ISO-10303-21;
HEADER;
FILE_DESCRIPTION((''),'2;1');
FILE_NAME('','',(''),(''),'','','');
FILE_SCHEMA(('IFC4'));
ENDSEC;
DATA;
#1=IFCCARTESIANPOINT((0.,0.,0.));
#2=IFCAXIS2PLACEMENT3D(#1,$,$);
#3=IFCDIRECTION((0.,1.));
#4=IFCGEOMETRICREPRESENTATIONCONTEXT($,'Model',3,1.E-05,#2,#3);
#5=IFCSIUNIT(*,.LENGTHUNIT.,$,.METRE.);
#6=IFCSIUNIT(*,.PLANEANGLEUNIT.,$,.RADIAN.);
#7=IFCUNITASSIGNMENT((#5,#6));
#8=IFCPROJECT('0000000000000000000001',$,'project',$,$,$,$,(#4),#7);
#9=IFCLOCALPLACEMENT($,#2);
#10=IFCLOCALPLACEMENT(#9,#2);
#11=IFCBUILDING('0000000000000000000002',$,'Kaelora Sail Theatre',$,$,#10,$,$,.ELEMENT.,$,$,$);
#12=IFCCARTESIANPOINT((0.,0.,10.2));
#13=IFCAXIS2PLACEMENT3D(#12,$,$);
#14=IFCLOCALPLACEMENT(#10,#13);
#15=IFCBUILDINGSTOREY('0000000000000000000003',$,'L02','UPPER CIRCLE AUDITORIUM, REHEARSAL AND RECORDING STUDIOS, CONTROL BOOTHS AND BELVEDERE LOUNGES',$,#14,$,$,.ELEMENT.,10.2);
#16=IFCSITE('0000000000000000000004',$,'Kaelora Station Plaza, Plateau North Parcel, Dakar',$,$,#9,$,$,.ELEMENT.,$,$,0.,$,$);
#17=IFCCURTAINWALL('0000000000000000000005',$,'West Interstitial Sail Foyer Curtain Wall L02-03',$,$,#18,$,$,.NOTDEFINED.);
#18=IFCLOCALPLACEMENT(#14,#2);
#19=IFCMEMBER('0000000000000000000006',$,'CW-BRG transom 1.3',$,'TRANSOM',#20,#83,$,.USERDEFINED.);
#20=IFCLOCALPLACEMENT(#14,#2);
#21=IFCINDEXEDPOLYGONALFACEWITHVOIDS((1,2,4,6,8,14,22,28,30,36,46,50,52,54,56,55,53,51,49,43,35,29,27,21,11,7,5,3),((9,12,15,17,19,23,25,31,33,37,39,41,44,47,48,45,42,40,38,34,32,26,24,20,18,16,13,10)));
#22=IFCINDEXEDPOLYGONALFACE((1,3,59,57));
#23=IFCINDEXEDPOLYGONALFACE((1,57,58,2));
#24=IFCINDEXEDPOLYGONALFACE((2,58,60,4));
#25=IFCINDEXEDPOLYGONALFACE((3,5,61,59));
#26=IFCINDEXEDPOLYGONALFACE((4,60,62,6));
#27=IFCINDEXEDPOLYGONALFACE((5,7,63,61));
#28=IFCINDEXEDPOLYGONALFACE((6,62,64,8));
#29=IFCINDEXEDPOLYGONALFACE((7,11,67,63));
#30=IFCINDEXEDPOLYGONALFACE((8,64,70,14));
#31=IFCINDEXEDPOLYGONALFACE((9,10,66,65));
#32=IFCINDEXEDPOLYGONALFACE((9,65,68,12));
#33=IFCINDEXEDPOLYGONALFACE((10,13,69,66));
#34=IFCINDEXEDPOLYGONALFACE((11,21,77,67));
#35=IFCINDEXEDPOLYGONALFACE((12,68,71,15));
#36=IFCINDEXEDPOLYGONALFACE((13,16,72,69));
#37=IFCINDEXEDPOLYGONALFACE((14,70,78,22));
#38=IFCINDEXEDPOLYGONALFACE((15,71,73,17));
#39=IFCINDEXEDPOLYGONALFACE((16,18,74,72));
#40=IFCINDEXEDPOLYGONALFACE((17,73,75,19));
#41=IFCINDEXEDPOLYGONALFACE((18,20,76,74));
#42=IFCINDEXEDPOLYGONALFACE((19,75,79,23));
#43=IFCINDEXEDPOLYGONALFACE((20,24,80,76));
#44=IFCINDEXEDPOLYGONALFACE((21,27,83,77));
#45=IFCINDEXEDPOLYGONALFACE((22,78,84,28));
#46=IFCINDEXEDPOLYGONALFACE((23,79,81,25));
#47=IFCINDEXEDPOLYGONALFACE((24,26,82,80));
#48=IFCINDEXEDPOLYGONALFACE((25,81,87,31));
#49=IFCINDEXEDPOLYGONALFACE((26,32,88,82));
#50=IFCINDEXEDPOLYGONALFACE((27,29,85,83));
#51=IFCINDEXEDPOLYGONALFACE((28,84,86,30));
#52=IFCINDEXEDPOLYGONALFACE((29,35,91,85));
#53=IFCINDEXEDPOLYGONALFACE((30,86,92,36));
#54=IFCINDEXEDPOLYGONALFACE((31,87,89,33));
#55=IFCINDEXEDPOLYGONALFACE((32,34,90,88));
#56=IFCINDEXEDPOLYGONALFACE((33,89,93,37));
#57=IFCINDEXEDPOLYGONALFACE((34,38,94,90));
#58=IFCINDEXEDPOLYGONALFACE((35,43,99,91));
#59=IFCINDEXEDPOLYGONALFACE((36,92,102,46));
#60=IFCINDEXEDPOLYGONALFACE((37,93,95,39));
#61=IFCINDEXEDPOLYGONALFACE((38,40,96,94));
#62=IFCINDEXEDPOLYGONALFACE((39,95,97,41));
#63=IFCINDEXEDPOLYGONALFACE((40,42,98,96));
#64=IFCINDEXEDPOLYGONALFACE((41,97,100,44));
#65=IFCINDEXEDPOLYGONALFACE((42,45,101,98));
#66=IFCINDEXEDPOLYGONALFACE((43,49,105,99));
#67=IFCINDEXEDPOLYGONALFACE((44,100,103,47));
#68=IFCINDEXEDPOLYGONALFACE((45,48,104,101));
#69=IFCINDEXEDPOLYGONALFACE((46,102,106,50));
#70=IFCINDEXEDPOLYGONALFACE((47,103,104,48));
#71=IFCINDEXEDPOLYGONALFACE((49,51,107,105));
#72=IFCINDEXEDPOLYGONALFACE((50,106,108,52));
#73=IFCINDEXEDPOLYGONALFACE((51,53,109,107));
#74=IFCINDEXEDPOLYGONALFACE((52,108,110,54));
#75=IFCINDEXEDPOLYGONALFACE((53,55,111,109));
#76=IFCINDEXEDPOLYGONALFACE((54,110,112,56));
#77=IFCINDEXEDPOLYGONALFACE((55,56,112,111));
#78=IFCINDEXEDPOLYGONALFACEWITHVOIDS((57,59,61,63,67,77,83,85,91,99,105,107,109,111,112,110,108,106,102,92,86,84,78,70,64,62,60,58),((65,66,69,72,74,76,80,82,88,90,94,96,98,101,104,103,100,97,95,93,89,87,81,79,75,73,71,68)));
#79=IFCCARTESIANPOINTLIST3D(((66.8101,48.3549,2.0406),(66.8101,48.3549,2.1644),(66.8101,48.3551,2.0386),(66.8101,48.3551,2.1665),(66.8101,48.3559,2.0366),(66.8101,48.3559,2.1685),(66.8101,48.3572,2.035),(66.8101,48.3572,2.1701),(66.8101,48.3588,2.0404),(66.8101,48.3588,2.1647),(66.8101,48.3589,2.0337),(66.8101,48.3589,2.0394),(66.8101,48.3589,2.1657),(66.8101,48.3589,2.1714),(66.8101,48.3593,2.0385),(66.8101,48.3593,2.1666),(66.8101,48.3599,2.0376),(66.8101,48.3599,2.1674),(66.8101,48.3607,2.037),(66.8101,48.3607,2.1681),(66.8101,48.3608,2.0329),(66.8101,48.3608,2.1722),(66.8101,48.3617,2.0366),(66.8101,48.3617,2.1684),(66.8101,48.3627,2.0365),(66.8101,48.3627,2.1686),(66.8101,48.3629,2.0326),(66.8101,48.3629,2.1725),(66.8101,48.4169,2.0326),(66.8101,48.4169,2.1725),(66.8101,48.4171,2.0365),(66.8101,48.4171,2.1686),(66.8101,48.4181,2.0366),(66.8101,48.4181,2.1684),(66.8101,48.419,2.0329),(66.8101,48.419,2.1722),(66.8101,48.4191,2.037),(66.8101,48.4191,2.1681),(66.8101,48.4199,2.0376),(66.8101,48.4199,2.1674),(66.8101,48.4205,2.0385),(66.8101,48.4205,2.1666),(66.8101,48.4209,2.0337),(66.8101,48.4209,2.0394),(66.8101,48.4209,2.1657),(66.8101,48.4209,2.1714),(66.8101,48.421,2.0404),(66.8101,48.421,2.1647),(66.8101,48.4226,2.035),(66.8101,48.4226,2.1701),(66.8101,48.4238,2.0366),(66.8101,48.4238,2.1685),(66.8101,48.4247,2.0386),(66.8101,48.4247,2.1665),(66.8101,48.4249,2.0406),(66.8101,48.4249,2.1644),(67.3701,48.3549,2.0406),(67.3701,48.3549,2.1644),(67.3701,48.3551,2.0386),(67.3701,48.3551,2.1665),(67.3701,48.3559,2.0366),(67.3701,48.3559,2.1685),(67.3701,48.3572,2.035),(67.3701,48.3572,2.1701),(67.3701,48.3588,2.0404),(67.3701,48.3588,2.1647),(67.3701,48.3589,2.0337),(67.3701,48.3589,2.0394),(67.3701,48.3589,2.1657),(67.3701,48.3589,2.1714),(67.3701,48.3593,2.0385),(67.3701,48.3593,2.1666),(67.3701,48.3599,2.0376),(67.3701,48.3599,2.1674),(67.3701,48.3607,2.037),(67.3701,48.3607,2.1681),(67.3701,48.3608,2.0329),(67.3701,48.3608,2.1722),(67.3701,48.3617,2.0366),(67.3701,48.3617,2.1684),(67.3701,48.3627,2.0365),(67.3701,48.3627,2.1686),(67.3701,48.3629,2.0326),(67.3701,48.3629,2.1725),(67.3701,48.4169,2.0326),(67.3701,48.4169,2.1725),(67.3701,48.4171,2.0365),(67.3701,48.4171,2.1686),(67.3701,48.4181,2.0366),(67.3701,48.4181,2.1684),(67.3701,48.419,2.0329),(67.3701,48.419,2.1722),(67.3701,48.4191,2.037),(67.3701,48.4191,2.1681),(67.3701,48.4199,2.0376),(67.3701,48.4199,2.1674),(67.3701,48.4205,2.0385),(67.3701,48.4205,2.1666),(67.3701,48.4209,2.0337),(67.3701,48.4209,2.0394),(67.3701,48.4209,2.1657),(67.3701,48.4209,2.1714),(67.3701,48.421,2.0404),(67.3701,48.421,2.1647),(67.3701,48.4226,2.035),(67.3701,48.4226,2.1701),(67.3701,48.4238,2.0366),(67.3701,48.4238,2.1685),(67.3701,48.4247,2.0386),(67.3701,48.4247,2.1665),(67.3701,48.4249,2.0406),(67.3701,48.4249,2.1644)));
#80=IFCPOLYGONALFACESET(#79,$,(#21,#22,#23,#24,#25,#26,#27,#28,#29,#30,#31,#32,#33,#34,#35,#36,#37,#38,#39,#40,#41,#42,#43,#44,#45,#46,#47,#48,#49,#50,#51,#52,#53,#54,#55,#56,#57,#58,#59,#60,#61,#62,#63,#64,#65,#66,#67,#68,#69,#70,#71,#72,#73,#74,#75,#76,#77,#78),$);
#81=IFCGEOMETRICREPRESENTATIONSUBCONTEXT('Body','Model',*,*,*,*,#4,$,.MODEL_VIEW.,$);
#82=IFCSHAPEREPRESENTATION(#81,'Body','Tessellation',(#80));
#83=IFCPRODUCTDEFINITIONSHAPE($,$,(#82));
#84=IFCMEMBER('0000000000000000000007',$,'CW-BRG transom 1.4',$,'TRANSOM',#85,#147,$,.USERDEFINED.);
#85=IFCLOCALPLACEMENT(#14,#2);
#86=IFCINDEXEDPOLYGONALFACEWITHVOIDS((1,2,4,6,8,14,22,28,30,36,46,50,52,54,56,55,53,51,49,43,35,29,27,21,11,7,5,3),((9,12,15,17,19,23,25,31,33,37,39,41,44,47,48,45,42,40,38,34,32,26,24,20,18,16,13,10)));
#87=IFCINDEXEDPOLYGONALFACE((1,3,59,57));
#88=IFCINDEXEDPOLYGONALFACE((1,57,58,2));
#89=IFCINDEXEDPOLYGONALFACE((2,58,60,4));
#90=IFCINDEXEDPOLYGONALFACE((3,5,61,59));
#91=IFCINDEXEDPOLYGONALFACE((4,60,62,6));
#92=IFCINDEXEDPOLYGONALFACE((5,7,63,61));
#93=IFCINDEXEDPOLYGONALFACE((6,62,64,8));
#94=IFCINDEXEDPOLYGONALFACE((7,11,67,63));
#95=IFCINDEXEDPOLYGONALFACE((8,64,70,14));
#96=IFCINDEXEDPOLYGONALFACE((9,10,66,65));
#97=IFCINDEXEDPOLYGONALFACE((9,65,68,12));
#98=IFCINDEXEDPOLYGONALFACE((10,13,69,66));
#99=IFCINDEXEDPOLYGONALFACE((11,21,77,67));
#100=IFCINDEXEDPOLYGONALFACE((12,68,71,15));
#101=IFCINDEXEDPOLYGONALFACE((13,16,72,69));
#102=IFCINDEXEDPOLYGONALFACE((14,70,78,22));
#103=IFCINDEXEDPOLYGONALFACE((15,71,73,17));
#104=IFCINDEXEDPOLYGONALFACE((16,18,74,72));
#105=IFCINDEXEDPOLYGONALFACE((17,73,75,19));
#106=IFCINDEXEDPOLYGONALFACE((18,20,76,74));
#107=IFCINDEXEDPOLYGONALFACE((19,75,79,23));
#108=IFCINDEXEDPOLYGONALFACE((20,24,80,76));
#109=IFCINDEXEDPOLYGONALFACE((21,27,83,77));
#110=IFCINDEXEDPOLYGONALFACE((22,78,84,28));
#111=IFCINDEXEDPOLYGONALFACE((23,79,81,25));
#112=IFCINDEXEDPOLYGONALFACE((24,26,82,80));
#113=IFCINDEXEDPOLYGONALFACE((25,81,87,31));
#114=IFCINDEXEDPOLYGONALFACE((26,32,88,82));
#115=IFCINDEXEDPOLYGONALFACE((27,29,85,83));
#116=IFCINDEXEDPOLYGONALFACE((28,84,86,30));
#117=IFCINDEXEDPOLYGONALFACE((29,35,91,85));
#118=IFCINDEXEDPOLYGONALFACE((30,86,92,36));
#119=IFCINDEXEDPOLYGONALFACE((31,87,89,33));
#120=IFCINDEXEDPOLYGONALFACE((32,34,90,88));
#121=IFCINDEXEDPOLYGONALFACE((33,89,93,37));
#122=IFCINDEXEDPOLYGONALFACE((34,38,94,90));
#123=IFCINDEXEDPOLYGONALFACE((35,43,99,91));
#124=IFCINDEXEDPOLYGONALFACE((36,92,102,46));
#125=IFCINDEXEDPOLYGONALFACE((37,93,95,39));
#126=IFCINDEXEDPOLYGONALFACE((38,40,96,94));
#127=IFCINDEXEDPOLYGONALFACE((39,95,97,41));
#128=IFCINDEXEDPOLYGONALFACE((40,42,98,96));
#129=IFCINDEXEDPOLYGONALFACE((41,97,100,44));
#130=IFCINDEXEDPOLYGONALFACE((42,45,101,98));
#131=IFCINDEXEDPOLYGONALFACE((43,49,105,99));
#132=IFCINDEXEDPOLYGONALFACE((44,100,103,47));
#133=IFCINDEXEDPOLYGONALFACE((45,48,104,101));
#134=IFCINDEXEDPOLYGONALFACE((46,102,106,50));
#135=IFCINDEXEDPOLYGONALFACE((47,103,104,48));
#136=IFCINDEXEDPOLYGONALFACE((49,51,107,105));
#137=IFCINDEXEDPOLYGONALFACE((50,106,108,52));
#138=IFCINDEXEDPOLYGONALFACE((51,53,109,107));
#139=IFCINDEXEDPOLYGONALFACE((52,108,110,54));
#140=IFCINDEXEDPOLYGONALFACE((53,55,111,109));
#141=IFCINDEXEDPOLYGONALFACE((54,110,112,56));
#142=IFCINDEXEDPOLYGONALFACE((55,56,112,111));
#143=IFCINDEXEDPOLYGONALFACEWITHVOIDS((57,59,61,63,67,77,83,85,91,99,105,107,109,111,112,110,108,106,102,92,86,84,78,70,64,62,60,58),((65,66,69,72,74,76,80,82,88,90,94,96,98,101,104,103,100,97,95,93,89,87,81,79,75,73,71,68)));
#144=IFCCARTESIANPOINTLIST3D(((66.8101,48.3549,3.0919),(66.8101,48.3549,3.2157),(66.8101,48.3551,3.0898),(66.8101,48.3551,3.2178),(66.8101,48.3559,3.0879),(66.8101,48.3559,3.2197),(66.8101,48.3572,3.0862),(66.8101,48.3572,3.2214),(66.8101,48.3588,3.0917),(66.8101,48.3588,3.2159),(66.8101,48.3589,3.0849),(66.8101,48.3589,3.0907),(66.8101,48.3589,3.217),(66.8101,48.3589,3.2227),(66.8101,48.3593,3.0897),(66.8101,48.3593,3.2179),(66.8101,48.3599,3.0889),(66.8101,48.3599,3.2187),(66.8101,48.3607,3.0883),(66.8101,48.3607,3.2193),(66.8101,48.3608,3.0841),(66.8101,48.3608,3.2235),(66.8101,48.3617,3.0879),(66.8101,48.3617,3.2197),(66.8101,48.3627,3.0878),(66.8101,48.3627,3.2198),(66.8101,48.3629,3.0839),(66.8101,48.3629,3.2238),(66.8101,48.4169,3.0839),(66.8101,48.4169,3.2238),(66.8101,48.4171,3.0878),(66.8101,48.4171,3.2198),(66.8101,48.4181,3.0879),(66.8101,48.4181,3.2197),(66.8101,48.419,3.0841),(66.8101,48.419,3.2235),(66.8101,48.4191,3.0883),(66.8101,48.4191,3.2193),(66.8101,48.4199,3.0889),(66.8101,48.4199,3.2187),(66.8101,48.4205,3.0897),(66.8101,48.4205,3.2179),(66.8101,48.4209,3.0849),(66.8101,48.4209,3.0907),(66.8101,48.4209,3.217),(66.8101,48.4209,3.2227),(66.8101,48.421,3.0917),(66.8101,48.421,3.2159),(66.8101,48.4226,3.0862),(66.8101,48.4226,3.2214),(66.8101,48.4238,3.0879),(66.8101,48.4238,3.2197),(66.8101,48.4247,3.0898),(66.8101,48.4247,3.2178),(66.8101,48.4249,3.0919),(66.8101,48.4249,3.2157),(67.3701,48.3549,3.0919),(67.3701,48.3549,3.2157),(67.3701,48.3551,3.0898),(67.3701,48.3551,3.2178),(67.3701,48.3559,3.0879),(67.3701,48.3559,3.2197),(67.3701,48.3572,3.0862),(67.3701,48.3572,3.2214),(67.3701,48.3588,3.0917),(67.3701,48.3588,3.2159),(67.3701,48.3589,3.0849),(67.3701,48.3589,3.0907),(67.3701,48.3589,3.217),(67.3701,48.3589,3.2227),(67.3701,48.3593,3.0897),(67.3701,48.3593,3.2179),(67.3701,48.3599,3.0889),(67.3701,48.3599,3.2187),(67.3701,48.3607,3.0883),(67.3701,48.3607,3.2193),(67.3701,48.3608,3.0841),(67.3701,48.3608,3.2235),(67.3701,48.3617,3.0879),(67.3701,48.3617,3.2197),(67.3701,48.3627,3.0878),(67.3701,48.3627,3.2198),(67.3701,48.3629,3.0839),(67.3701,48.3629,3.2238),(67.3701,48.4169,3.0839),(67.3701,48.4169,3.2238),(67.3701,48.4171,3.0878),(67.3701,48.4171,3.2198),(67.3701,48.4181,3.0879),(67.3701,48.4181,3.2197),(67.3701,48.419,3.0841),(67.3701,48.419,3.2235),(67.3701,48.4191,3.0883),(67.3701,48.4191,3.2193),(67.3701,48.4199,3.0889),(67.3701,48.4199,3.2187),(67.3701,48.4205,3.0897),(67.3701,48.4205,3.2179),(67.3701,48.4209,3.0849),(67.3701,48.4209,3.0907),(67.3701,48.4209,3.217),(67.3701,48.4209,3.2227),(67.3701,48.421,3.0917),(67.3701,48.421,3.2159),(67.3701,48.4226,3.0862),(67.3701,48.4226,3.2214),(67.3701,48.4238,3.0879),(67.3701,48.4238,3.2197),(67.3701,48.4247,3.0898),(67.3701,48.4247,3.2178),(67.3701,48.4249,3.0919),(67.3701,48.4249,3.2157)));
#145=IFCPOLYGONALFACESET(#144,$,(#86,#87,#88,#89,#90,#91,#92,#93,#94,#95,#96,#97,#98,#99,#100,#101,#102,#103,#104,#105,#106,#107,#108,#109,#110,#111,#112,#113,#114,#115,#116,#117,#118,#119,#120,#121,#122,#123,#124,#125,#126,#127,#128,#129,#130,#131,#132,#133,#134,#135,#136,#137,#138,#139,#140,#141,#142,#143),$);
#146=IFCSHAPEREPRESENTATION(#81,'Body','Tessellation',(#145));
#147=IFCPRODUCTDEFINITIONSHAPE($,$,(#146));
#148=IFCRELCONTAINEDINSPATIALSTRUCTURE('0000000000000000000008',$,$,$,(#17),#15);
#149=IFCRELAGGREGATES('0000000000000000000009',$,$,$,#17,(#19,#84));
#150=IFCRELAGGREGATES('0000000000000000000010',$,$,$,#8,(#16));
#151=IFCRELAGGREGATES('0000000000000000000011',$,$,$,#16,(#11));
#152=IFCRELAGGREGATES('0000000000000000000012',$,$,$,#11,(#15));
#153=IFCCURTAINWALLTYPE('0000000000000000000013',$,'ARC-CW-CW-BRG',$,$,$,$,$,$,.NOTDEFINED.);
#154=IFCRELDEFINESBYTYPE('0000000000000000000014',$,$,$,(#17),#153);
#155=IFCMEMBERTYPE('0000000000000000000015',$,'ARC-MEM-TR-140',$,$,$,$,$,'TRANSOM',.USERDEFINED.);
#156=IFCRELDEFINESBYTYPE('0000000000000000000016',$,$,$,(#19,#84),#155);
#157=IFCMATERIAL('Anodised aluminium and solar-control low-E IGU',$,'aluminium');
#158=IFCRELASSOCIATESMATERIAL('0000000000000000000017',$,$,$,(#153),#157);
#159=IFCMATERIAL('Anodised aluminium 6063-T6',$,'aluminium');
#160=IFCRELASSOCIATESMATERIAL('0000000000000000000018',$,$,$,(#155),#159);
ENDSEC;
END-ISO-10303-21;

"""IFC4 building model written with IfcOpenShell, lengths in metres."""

from ifc_helpers import new_model, si_unit, direction, frame, origin, origin_2d, place, context, subcontext, project, spatial, hollow_rectangle, extrude, material, material_profile, profile_set, type_object, element, aggregate, save


model = new_model("IFC4")

# Units and contexts
model_context = context("Model", 3, precision=1e-05, world=origin(), true_north=direction((0.0, 1.0)))
body_context = subcontext(model_context, "Body", "Model", "MODEL_VIEW")
ifc_project = project(units=[si_unit("LENGTHUNIT", "METRE"), si_unit("PLANEANGLEUNIT", "RADIAN")], contexts=[model_context])

# Site, building, storey
site_placement = place(None, origin())
site = spatial("IfcSite", under=ifc_project, at=site_placement, Name="Kaelora Station Plaza, Plateau North Parcel, Dakar", CompositionType="ELEMENT", RefElevation=0.0)
building_placement = place(site_placement, origin())
building = spatial("IfcBuilding", under=site, at=building_placement, Name="Kaelora Sail Theatre", CompositionType="ELEMENT")
storey_placement = place(building_placement, frame((0.0, 0.0, 10.2)))
storey = spatial("IfcBuildingStorey", under=building, at=storey_placement, Name="L02", Description="UPPER CIRCLE AUDITORIUM, REHEARSAL AND RECORDING STUDIOS, CONTROL BOOTHS AND BELVEDERE LOUNGES", CompositionType="ELEMENT", Elevation=10.2)

# Shared definitions
ifc_material_1 = material(Name="Anodised aluminium and solar-control low-E IGU", Category="aluminium")
curtain_wall_type = type_object("IfcCurtainWallType", Name="ARC-CW-CW-BRG", PredefinedType="NOTDEFINED", material=ifc_material_1)

# Curtain wall, members
curtain_wall_1_placement = place(storey_placement, origin())
curtain_wall_1 = element("IfcCurtainWall", 1, at=curtain_wall_1_placement, inside=storey, type_object=curtain_wall_type, Name="West Interstitial Sail Foyer Curtain Wall L02-03", PredefinedType="NOTDEFINED")
ifc_material_2 = material(Name="Anodised aluminium 6063-T6", Category="aluminium")
ifc_material_profile_1 = material_profile(ifc_material_2, hollow_rectangle(XDim=0.0701, YDim=0.1399, WallThickness=0.0039, InnerFilletRadius=0.0039, OuterFilletRadius=0.0081, at=origin_2d()), Name="ALU-TRAN 70x140x4")
ifc_profile_set_1 = profile_set([ifc_material_profile_1], Name="Anodised aluminium 6063-T6")
member_type_1 = type_object("IfcMemberType", Name="ARC-MEM-TR-140", ElementType="TRANSOM", PredefinedType="USERDEFINED", material=ifc_profile_set_1)
member_1_placement = place(storey_placement, frame((66.8101, 48.3899, 2.1025), z_axis=(1.0, 0.0, 0.0), x_axis=(0.0, 1.0, 0.0)))
member_1 = element("IfcMember", 2, at=member_1_placement, type_object=member_type_1, Name="CW-BRG transom 1.3", ObjectType="TRANSOM", PredefinedType="USERDEFINED", context=body_context, shape_type="SweptSolid", body=[
    extrude(hollow_rectangle(XDim=0.0701, YDim=0.1399, WallThickness=0.0039, InnerFilletRadius=0.0039, OuterFilletRadius=0.0081, at=origin_2d()), origin(), (0.0, 0.0, 1.0), 0.5601),
])
member_2_placement = place(storey_placement, frame((66.8101, 48.3899, 3.1538), z_axis=(1.0, 0.0, 0.0), x_axis=(0.0, 1.0, 0.0)))
member_2 = element("IfcMember", 3, at=member_2_placement, type_object=member_type_1, Name="CW-BRG transom 1.4", ObjectType="TRANSOM", PredefinedType="USERDEFINED", context=body_context, shape_type="SweptSolid", body=[
    extrude(hollow_rectangle(XDim=0.0701, YDim=0.1399, WallThickness=0.0039, InnerFilletRadius=0.0039, OuterFilletRadius=0.0081, at=origin_2d()), origin(), (0.0, 0.0, 1.0), 0.5601),
])

aggregate(curtain_wall_1, [member_1, member_2])

save(model, "model.ifc")
